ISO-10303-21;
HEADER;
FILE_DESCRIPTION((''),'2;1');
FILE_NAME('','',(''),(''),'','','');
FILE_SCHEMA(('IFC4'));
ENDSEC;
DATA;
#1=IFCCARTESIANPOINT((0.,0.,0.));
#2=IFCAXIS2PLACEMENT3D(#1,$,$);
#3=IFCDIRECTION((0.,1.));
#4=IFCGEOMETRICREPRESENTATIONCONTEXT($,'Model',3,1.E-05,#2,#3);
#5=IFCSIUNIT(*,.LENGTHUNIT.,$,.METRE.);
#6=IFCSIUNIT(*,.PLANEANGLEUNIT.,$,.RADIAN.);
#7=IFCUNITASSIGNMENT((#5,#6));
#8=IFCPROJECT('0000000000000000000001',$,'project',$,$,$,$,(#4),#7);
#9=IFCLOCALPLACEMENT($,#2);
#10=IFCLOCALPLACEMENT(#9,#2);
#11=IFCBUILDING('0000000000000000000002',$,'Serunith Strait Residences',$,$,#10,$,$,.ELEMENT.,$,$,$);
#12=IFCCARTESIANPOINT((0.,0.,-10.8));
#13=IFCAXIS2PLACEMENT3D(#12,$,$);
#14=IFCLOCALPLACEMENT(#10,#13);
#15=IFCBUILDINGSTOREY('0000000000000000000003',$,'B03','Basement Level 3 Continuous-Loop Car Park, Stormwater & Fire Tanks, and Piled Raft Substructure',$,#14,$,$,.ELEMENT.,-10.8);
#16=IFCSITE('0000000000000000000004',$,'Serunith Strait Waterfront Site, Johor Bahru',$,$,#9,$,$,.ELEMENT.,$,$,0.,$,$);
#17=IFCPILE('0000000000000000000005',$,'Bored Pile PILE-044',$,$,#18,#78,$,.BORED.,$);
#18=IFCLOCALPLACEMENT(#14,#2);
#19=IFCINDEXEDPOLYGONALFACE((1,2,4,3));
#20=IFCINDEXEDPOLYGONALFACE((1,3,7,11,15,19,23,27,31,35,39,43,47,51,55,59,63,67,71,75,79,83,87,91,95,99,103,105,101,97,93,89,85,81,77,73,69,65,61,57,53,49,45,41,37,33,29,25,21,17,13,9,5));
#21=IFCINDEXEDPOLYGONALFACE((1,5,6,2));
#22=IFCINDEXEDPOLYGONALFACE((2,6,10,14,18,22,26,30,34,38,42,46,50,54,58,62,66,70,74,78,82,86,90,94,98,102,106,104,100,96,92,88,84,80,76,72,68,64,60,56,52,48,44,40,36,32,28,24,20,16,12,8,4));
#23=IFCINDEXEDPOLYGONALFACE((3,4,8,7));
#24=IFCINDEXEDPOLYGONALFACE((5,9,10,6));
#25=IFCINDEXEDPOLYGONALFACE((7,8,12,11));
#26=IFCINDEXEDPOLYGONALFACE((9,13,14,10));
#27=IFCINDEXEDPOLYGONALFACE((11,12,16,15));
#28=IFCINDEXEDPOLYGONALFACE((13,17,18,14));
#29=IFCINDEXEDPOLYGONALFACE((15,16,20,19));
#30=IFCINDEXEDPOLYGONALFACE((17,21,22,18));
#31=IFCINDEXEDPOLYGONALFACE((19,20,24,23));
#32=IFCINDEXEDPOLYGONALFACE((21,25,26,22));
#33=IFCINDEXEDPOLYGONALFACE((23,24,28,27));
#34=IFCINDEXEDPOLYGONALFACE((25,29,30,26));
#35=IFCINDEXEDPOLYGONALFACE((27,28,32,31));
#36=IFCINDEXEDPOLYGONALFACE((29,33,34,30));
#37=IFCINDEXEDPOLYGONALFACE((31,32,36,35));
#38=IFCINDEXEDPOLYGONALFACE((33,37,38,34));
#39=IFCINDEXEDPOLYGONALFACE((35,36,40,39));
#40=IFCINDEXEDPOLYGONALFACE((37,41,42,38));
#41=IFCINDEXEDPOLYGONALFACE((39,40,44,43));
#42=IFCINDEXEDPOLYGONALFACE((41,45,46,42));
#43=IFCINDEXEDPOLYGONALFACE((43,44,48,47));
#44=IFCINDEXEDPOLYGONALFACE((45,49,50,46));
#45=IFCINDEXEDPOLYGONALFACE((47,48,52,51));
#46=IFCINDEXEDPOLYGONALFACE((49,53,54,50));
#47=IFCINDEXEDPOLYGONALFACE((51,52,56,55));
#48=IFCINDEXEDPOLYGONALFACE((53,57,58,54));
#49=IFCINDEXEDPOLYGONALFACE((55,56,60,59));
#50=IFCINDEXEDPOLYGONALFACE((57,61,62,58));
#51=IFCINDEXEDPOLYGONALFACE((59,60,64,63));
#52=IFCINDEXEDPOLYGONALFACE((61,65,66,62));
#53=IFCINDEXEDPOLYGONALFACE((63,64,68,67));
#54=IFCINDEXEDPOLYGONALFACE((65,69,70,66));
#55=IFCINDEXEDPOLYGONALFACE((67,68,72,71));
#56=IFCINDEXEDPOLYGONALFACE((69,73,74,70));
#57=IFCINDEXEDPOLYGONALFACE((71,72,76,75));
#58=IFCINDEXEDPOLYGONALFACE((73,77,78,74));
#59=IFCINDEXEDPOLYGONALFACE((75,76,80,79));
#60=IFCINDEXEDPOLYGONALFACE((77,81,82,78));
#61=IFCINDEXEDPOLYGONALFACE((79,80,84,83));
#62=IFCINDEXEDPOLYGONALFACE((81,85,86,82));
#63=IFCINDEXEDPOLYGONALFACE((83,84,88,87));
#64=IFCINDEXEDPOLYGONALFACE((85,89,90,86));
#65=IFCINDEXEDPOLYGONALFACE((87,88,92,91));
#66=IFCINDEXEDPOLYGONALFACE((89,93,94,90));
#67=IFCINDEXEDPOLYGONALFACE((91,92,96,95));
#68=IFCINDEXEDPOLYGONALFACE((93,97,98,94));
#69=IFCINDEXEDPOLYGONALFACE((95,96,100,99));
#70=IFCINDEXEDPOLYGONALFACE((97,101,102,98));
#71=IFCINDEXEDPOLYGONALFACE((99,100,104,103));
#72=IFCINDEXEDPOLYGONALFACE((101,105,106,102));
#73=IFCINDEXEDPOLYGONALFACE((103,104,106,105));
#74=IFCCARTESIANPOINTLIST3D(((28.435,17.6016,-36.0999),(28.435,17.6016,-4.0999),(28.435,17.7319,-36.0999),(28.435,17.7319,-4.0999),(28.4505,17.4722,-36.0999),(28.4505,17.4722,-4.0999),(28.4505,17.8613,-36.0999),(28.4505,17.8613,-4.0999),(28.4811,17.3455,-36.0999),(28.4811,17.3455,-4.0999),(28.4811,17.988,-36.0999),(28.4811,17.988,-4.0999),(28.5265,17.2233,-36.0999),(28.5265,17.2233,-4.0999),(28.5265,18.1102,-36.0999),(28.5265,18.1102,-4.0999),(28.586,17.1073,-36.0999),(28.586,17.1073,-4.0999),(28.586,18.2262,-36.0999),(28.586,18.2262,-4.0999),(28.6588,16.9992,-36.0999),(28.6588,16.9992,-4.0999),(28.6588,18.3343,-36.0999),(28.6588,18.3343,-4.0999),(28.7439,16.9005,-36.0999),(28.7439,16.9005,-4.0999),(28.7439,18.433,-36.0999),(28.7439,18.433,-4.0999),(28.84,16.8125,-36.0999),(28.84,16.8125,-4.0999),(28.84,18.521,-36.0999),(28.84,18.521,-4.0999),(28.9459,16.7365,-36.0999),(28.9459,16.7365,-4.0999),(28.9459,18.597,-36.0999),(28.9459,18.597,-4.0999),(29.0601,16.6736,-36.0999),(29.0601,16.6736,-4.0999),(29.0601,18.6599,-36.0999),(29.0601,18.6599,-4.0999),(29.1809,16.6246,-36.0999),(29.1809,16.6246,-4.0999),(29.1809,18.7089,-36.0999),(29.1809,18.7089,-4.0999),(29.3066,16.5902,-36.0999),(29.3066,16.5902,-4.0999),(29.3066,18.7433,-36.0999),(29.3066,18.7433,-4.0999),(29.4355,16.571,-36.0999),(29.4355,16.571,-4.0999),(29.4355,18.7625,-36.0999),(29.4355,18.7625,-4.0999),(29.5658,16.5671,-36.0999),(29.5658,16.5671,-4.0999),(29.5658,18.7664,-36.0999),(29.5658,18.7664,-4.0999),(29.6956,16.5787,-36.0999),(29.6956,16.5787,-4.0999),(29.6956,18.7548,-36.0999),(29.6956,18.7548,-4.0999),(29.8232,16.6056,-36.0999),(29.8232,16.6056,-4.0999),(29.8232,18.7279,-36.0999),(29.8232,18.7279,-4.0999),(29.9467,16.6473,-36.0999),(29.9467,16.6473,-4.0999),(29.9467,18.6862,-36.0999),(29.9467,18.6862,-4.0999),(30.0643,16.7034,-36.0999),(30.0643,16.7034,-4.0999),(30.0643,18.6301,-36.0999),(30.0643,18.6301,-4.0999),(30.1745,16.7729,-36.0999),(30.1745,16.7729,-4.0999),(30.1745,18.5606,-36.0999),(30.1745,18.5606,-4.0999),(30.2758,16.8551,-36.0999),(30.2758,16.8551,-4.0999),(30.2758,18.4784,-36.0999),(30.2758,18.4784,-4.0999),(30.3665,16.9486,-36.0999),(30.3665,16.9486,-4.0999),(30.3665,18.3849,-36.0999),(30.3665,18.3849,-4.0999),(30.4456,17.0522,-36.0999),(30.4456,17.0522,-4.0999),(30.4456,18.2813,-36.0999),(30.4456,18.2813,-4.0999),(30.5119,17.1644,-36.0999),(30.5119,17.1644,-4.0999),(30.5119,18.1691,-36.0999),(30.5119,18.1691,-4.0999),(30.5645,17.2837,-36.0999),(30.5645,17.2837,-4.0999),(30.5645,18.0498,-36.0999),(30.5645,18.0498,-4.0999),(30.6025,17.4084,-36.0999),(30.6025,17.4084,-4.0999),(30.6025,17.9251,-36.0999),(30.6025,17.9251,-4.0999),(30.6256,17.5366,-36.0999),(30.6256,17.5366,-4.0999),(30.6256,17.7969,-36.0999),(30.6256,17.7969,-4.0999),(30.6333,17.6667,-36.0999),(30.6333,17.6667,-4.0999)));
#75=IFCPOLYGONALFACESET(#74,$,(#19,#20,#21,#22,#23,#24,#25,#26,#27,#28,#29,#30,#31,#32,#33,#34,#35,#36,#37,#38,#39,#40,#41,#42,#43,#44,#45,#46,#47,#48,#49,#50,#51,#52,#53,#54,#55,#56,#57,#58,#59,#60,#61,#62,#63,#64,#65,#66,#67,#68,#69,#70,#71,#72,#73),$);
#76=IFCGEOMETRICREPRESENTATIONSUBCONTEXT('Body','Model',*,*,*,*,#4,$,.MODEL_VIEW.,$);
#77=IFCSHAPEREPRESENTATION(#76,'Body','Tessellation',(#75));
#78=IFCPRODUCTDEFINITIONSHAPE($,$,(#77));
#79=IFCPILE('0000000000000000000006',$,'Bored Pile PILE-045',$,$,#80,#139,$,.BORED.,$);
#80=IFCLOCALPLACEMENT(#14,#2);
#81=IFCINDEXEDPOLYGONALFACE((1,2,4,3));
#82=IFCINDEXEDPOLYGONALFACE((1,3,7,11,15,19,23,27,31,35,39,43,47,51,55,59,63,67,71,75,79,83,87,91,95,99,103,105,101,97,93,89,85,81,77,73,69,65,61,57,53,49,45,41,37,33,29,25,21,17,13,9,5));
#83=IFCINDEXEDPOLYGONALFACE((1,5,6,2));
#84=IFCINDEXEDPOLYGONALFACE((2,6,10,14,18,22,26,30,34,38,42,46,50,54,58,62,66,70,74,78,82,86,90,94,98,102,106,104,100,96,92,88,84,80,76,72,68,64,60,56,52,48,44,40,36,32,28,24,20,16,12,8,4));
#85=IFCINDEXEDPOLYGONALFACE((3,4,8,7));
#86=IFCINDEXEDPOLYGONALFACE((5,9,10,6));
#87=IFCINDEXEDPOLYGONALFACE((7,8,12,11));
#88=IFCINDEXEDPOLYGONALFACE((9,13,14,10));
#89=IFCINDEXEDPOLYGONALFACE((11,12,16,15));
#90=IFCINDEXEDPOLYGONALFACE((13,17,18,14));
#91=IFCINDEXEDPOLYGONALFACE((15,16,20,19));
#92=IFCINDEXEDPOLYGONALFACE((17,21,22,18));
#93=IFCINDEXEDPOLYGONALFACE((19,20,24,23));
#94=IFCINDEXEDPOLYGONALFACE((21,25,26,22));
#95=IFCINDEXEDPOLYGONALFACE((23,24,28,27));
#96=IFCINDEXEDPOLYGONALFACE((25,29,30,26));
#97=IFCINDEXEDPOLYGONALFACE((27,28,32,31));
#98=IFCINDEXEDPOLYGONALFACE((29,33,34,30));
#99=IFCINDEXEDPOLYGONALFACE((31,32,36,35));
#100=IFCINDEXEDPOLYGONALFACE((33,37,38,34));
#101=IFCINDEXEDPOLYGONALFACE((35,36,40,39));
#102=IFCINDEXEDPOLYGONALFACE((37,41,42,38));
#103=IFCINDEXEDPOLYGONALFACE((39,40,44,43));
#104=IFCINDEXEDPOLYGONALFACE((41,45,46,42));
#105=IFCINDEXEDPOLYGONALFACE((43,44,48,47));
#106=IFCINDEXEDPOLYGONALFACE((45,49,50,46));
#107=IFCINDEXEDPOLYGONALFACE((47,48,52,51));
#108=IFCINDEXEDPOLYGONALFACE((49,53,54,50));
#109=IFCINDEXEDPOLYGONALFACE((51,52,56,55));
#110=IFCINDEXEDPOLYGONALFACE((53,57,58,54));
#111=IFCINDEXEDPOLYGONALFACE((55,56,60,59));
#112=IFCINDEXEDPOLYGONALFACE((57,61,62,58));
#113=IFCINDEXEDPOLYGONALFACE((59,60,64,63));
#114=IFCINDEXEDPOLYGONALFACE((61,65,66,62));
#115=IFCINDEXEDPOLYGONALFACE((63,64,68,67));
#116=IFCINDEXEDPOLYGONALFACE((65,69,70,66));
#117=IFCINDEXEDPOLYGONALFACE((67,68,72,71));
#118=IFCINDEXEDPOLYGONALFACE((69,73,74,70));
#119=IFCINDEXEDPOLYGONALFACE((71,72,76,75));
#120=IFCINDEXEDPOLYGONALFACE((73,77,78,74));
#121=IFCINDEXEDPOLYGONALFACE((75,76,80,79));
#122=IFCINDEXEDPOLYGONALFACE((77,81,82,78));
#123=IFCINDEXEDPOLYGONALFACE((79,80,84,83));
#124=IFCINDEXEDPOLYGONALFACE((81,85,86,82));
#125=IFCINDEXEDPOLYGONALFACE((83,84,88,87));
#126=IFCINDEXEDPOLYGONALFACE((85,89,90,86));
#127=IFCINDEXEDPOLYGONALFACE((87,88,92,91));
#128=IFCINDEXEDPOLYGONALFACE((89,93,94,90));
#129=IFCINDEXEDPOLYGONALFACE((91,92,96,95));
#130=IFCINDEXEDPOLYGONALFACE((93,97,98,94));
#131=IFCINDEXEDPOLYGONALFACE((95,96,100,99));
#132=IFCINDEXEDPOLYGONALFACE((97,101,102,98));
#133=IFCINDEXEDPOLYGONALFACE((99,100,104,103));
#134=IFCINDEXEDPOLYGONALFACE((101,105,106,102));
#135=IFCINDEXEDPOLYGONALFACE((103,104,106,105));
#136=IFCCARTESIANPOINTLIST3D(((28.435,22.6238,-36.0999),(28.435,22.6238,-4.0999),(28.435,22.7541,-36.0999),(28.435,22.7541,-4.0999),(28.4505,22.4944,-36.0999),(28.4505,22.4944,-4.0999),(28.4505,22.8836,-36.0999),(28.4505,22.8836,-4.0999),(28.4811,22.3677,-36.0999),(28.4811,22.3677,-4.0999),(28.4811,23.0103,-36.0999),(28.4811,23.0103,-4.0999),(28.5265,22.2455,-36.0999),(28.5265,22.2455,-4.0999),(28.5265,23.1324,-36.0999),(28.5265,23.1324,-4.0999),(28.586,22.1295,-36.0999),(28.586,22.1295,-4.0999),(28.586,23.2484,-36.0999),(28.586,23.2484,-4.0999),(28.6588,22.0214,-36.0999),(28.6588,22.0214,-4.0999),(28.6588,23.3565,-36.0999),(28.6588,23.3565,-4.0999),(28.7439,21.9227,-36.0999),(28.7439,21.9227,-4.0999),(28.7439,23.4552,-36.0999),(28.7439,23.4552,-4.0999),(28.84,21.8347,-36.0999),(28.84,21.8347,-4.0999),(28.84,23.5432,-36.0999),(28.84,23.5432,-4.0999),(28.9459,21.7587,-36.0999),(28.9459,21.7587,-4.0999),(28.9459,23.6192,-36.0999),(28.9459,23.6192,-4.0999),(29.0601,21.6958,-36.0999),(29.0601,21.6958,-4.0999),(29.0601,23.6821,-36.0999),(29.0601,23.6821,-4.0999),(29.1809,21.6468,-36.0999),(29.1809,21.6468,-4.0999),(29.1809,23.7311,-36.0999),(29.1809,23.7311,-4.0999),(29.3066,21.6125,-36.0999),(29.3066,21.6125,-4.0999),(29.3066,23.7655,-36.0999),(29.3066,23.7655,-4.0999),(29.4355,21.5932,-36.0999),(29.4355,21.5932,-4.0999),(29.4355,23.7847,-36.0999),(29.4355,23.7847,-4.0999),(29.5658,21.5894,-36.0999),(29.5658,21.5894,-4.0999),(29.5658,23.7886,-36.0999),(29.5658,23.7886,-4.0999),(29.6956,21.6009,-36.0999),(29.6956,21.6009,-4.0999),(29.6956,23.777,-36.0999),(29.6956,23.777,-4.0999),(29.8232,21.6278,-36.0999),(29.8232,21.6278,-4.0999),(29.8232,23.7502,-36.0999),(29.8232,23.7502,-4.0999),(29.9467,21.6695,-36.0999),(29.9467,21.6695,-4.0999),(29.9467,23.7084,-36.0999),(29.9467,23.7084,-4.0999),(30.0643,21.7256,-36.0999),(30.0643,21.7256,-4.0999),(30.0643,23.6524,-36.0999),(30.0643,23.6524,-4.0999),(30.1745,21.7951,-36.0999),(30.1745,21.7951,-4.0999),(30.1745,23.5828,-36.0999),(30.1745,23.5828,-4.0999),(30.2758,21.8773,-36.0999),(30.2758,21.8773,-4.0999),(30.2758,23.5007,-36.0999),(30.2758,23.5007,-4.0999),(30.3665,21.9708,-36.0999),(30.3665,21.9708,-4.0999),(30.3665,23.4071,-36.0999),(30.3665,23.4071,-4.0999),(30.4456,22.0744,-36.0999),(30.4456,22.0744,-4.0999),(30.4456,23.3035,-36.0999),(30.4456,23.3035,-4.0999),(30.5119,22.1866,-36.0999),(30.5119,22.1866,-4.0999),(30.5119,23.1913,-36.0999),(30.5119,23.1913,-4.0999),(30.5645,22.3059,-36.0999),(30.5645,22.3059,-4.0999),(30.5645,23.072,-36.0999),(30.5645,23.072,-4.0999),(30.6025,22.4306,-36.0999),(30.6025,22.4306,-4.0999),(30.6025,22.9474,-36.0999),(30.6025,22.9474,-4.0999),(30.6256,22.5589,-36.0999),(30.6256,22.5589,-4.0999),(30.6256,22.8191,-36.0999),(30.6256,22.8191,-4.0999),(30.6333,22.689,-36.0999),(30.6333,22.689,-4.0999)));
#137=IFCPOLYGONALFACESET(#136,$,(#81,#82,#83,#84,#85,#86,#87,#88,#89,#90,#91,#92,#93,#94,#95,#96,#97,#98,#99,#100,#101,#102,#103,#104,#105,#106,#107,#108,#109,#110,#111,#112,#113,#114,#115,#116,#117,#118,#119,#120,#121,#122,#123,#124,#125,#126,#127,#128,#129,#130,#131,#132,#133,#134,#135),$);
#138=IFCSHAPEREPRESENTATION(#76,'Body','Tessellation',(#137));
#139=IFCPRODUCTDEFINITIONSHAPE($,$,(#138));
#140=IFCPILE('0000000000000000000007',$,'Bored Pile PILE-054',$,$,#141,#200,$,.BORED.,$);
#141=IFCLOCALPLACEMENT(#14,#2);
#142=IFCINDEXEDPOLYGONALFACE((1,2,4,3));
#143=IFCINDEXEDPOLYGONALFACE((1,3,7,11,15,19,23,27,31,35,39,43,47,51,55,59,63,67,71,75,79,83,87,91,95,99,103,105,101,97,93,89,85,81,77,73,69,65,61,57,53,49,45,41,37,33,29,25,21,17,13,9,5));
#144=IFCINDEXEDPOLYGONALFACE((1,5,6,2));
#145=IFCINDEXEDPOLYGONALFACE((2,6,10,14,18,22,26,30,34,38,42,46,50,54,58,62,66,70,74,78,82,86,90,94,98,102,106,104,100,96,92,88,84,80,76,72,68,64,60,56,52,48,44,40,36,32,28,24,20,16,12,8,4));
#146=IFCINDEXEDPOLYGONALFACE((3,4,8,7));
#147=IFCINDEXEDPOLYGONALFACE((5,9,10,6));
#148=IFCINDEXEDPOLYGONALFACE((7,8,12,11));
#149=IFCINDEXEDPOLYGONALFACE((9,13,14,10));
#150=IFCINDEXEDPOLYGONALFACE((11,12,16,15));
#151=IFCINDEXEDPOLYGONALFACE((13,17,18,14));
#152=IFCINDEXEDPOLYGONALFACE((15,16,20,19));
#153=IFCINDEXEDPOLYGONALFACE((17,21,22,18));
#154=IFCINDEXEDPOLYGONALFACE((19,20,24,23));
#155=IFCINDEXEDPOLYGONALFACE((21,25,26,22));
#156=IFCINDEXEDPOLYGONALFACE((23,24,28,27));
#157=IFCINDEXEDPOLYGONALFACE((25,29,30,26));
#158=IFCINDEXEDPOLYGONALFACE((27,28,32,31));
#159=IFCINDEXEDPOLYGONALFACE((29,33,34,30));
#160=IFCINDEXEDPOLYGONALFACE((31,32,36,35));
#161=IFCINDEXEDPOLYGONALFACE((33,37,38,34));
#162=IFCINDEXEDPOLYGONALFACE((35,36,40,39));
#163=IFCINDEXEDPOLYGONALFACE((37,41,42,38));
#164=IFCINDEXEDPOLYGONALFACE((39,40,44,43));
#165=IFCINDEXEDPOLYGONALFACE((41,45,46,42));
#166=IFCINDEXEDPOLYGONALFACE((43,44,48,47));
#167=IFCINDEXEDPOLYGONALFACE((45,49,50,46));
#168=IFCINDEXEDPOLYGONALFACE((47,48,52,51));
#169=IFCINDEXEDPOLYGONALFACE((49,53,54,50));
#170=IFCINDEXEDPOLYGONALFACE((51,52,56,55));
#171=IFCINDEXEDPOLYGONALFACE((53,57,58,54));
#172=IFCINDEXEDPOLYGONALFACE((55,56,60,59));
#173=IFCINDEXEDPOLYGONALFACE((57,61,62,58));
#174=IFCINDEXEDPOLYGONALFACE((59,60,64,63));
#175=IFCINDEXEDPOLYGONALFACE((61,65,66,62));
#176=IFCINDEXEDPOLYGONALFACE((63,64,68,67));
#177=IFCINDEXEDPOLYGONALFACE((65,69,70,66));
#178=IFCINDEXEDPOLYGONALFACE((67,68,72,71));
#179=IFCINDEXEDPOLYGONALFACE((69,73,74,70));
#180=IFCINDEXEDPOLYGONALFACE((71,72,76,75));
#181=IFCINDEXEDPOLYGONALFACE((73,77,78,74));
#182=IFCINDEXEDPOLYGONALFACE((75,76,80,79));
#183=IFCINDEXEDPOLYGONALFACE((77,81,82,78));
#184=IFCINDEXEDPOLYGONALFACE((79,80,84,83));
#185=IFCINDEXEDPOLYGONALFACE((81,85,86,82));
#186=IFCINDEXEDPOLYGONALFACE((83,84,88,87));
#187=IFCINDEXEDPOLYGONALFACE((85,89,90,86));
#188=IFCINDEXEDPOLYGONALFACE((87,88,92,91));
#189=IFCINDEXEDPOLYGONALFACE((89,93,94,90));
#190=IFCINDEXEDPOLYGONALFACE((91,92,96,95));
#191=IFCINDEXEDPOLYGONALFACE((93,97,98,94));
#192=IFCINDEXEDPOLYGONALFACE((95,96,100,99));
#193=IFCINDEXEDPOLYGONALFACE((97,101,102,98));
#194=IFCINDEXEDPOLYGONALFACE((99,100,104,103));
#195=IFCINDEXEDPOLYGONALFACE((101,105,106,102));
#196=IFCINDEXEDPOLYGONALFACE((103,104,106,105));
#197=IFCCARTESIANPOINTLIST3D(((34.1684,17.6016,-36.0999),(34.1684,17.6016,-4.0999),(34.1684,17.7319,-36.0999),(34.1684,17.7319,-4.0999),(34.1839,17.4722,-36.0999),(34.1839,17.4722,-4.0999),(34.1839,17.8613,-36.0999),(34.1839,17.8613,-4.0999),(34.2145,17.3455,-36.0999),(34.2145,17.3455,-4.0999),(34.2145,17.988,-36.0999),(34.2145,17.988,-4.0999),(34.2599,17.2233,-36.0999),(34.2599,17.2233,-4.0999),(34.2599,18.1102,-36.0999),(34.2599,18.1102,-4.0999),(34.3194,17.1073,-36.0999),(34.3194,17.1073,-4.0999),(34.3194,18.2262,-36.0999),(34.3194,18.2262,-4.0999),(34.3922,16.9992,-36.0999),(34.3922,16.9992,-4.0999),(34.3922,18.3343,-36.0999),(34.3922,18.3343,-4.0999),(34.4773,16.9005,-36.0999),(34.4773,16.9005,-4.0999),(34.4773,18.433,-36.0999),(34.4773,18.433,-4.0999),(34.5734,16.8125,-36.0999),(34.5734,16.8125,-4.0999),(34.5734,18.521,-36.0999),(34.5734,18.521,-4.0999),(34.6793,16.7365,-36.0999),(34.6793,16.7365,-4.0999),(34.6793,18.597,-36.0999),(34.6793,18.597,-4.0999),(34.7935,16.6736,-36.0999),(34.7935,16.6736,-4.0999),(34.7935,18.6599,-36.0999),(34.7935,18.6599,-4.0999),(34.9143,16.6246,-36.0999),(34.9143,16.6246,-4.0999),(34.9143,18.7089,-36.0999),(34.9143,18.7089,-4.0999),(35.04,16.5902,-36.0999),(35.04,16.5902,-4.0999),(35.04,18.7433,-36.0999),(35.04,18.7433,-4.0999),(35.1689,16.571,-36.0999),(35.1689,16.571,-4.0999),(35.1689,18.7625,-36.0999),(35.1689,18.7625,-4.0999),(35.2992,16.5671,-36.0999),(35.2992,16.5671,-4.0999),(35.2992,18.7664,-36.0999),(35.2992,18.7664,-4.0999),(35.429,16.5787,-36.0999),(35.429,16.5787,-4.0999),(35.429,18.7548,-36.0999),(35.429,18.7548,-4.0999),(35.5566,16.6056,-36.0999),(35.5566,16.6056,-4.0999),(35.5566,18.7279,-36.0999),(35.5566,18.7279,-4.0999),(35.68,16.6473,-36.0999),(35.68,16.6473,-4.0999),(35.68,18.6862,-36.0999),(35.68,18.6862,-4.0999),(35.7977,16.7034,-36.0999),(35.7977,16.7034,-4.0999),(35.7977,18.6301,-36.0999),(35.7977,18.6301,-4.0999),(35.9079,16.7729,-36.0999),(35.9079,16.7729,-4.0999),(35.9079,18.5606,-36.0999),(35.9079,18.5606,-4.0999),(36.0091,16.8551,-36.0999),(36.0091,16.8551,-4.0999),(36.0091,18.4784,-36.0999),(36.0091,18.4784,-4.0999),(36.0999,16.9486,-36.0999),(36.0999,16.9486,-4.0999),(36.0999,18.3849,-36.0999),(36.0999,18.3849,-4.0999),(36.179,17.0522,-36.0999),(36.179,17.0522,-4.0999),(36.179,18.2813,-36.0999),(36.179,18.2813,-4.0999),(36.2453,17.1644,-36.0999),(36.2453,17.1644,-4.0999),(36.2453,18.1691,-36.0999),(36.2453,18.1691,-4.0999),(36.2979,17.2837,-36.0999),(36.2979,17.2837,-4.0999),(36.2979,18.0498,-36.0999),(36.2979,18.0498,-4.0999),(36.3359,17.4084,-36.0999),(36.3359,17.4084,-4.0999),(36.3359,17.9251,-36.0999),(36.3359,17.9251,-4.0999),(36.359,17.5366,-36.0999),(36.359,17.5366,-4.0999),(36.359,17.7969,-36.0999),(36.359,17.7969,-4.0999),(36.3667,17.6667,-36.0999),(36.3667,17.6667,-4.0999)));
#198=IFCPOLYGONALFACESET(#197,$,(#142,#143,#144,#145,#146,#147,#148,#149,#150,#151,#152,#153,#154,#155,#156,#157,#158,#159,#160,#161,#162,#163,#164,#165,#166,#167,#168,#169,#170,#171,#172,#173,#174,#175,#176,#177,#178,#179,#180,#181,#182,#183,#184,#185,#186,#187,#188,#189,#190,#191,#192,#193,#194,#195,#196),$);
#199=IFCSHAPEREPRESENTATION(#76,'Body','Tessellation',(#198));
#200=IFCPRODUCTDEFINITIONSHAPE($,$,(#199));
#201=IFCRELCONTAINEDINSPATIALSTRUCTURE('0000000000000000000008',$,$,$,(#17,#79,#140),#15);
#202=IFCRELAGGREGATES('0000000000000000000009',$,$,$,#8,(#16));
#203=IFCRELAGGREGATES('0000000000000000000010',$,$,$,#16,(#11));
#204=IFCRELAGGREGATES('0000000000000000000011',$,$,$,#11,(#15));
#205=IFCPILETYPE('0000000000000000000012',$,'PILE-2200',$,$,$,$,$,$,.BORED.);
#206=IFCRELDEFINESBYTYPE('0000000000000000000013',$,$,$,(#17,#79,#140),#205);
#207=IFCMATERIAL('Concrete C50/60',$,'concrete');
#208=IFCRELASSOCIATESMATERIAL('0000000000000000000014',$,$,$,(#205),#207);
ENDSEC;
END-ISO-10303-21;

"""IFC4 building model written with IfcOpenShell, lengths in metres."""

from ifc_helpers import new_model, si_unit, direction, frame, origin, origin_2d, place, context, subcontext, project, spatial, circle, extrude, source, transform, mapped, material, material_profile, profile_set, type_object, element, save


model = new_model("IFC4")

# Units and contexts
model_context = context("Model", 3, precision=1e-05, world=origin(), true_north=direction((0.0, 1.0)))
body_context = subcontext(model_context, "Body", "Model", "MODEL_VIEW")
ifc_project = project(units=[si_unit("LENGTHUNIT", "METRE"), si_unit("PLANEANGLEUNIT", "RADIAN")], contexts=[model_context])

# Site, building, storey
site_placement = place(None, origin())
site = spatial("IfcSite", under=ifc_project, at=site_placement, Name="Serunith Strait Waterfront Site, Johor Bahru", CompositionType="ELEMENT", RefElevation=0.0)
building_placement = place(site_placement, origin())
building = spatial("IfcBuilding", under=site, at=building_placement, Name="Serunith Strait Residences", CompositionType="ELEMENT")
storey_placement = place(building_placement, frame((0.0, 0.0, -10.8)))
storey = spatial("IfcBuildingStorey", under=building, at=storey_placement, Name="B03", Description="Basement Level 3 Continuous-Loop Car Park, Stormwater & Fire Tanks, and Piled Raft Substructure", CompositionType="ELEMENT", Elevation=-10.8)

# Piles
ifc_material_1 = material(Name="Concrete C50/60", Category="concrete")
ifc_material_profile_1 = material_profile(ifc_material_1, circle(Radius=1.1001, at=origin_2d()), Name="PILE D2200")
ifc_profile_set_1 = profile_set([ifc_material_profile_1], Name="Concrete C50/60")
pile_type = type_object("IfcPileType", Name="PILE-2200", PredefinedType="BORED", material=ifc_profile_set_1)
shared_shape_1 = source(origin(), body_context, "Body", "SweptSolid", [
    extrude(circle(Radius=1.1001, at=origin_2d()), origin(), (0.0, 0.0, 1.0), 32.0),
])
for number, where, z_axis, x_axis, name in (
    (1, (29.5332, 17.6667, -4.0999), (0.0, 0.0, -1.0), (1.0, 0.0, 0.0), "Bored Pile PILE-044"),
    (2, (29.5332, 22.689, -4.0999), (0.0, 0.0, -1.0), (1.0, 0.0, 0.0), "Bored Pile PILE-045"),
    (3, (35.2666, 17.6667, -4.0999), (0.0, 0.0, -1.0), (1.0, 0.0, 0.0), "Bored Pile PILE-054"),
):
    element("IfcPile", number, at=place(storey_placement, frame(where, z_axis=z_axis, x_axis=x_axis)), inside=storey, type_object=pile_type, Name=name, PredefinedType="BORED", context=body_context, shape_type="MappedRepresentation", body=[
        mapped(shared_shape_1, transform((0.0, 0.0, 0.0), scale=1.0)),
    ])

save(model, "model.ifc")
